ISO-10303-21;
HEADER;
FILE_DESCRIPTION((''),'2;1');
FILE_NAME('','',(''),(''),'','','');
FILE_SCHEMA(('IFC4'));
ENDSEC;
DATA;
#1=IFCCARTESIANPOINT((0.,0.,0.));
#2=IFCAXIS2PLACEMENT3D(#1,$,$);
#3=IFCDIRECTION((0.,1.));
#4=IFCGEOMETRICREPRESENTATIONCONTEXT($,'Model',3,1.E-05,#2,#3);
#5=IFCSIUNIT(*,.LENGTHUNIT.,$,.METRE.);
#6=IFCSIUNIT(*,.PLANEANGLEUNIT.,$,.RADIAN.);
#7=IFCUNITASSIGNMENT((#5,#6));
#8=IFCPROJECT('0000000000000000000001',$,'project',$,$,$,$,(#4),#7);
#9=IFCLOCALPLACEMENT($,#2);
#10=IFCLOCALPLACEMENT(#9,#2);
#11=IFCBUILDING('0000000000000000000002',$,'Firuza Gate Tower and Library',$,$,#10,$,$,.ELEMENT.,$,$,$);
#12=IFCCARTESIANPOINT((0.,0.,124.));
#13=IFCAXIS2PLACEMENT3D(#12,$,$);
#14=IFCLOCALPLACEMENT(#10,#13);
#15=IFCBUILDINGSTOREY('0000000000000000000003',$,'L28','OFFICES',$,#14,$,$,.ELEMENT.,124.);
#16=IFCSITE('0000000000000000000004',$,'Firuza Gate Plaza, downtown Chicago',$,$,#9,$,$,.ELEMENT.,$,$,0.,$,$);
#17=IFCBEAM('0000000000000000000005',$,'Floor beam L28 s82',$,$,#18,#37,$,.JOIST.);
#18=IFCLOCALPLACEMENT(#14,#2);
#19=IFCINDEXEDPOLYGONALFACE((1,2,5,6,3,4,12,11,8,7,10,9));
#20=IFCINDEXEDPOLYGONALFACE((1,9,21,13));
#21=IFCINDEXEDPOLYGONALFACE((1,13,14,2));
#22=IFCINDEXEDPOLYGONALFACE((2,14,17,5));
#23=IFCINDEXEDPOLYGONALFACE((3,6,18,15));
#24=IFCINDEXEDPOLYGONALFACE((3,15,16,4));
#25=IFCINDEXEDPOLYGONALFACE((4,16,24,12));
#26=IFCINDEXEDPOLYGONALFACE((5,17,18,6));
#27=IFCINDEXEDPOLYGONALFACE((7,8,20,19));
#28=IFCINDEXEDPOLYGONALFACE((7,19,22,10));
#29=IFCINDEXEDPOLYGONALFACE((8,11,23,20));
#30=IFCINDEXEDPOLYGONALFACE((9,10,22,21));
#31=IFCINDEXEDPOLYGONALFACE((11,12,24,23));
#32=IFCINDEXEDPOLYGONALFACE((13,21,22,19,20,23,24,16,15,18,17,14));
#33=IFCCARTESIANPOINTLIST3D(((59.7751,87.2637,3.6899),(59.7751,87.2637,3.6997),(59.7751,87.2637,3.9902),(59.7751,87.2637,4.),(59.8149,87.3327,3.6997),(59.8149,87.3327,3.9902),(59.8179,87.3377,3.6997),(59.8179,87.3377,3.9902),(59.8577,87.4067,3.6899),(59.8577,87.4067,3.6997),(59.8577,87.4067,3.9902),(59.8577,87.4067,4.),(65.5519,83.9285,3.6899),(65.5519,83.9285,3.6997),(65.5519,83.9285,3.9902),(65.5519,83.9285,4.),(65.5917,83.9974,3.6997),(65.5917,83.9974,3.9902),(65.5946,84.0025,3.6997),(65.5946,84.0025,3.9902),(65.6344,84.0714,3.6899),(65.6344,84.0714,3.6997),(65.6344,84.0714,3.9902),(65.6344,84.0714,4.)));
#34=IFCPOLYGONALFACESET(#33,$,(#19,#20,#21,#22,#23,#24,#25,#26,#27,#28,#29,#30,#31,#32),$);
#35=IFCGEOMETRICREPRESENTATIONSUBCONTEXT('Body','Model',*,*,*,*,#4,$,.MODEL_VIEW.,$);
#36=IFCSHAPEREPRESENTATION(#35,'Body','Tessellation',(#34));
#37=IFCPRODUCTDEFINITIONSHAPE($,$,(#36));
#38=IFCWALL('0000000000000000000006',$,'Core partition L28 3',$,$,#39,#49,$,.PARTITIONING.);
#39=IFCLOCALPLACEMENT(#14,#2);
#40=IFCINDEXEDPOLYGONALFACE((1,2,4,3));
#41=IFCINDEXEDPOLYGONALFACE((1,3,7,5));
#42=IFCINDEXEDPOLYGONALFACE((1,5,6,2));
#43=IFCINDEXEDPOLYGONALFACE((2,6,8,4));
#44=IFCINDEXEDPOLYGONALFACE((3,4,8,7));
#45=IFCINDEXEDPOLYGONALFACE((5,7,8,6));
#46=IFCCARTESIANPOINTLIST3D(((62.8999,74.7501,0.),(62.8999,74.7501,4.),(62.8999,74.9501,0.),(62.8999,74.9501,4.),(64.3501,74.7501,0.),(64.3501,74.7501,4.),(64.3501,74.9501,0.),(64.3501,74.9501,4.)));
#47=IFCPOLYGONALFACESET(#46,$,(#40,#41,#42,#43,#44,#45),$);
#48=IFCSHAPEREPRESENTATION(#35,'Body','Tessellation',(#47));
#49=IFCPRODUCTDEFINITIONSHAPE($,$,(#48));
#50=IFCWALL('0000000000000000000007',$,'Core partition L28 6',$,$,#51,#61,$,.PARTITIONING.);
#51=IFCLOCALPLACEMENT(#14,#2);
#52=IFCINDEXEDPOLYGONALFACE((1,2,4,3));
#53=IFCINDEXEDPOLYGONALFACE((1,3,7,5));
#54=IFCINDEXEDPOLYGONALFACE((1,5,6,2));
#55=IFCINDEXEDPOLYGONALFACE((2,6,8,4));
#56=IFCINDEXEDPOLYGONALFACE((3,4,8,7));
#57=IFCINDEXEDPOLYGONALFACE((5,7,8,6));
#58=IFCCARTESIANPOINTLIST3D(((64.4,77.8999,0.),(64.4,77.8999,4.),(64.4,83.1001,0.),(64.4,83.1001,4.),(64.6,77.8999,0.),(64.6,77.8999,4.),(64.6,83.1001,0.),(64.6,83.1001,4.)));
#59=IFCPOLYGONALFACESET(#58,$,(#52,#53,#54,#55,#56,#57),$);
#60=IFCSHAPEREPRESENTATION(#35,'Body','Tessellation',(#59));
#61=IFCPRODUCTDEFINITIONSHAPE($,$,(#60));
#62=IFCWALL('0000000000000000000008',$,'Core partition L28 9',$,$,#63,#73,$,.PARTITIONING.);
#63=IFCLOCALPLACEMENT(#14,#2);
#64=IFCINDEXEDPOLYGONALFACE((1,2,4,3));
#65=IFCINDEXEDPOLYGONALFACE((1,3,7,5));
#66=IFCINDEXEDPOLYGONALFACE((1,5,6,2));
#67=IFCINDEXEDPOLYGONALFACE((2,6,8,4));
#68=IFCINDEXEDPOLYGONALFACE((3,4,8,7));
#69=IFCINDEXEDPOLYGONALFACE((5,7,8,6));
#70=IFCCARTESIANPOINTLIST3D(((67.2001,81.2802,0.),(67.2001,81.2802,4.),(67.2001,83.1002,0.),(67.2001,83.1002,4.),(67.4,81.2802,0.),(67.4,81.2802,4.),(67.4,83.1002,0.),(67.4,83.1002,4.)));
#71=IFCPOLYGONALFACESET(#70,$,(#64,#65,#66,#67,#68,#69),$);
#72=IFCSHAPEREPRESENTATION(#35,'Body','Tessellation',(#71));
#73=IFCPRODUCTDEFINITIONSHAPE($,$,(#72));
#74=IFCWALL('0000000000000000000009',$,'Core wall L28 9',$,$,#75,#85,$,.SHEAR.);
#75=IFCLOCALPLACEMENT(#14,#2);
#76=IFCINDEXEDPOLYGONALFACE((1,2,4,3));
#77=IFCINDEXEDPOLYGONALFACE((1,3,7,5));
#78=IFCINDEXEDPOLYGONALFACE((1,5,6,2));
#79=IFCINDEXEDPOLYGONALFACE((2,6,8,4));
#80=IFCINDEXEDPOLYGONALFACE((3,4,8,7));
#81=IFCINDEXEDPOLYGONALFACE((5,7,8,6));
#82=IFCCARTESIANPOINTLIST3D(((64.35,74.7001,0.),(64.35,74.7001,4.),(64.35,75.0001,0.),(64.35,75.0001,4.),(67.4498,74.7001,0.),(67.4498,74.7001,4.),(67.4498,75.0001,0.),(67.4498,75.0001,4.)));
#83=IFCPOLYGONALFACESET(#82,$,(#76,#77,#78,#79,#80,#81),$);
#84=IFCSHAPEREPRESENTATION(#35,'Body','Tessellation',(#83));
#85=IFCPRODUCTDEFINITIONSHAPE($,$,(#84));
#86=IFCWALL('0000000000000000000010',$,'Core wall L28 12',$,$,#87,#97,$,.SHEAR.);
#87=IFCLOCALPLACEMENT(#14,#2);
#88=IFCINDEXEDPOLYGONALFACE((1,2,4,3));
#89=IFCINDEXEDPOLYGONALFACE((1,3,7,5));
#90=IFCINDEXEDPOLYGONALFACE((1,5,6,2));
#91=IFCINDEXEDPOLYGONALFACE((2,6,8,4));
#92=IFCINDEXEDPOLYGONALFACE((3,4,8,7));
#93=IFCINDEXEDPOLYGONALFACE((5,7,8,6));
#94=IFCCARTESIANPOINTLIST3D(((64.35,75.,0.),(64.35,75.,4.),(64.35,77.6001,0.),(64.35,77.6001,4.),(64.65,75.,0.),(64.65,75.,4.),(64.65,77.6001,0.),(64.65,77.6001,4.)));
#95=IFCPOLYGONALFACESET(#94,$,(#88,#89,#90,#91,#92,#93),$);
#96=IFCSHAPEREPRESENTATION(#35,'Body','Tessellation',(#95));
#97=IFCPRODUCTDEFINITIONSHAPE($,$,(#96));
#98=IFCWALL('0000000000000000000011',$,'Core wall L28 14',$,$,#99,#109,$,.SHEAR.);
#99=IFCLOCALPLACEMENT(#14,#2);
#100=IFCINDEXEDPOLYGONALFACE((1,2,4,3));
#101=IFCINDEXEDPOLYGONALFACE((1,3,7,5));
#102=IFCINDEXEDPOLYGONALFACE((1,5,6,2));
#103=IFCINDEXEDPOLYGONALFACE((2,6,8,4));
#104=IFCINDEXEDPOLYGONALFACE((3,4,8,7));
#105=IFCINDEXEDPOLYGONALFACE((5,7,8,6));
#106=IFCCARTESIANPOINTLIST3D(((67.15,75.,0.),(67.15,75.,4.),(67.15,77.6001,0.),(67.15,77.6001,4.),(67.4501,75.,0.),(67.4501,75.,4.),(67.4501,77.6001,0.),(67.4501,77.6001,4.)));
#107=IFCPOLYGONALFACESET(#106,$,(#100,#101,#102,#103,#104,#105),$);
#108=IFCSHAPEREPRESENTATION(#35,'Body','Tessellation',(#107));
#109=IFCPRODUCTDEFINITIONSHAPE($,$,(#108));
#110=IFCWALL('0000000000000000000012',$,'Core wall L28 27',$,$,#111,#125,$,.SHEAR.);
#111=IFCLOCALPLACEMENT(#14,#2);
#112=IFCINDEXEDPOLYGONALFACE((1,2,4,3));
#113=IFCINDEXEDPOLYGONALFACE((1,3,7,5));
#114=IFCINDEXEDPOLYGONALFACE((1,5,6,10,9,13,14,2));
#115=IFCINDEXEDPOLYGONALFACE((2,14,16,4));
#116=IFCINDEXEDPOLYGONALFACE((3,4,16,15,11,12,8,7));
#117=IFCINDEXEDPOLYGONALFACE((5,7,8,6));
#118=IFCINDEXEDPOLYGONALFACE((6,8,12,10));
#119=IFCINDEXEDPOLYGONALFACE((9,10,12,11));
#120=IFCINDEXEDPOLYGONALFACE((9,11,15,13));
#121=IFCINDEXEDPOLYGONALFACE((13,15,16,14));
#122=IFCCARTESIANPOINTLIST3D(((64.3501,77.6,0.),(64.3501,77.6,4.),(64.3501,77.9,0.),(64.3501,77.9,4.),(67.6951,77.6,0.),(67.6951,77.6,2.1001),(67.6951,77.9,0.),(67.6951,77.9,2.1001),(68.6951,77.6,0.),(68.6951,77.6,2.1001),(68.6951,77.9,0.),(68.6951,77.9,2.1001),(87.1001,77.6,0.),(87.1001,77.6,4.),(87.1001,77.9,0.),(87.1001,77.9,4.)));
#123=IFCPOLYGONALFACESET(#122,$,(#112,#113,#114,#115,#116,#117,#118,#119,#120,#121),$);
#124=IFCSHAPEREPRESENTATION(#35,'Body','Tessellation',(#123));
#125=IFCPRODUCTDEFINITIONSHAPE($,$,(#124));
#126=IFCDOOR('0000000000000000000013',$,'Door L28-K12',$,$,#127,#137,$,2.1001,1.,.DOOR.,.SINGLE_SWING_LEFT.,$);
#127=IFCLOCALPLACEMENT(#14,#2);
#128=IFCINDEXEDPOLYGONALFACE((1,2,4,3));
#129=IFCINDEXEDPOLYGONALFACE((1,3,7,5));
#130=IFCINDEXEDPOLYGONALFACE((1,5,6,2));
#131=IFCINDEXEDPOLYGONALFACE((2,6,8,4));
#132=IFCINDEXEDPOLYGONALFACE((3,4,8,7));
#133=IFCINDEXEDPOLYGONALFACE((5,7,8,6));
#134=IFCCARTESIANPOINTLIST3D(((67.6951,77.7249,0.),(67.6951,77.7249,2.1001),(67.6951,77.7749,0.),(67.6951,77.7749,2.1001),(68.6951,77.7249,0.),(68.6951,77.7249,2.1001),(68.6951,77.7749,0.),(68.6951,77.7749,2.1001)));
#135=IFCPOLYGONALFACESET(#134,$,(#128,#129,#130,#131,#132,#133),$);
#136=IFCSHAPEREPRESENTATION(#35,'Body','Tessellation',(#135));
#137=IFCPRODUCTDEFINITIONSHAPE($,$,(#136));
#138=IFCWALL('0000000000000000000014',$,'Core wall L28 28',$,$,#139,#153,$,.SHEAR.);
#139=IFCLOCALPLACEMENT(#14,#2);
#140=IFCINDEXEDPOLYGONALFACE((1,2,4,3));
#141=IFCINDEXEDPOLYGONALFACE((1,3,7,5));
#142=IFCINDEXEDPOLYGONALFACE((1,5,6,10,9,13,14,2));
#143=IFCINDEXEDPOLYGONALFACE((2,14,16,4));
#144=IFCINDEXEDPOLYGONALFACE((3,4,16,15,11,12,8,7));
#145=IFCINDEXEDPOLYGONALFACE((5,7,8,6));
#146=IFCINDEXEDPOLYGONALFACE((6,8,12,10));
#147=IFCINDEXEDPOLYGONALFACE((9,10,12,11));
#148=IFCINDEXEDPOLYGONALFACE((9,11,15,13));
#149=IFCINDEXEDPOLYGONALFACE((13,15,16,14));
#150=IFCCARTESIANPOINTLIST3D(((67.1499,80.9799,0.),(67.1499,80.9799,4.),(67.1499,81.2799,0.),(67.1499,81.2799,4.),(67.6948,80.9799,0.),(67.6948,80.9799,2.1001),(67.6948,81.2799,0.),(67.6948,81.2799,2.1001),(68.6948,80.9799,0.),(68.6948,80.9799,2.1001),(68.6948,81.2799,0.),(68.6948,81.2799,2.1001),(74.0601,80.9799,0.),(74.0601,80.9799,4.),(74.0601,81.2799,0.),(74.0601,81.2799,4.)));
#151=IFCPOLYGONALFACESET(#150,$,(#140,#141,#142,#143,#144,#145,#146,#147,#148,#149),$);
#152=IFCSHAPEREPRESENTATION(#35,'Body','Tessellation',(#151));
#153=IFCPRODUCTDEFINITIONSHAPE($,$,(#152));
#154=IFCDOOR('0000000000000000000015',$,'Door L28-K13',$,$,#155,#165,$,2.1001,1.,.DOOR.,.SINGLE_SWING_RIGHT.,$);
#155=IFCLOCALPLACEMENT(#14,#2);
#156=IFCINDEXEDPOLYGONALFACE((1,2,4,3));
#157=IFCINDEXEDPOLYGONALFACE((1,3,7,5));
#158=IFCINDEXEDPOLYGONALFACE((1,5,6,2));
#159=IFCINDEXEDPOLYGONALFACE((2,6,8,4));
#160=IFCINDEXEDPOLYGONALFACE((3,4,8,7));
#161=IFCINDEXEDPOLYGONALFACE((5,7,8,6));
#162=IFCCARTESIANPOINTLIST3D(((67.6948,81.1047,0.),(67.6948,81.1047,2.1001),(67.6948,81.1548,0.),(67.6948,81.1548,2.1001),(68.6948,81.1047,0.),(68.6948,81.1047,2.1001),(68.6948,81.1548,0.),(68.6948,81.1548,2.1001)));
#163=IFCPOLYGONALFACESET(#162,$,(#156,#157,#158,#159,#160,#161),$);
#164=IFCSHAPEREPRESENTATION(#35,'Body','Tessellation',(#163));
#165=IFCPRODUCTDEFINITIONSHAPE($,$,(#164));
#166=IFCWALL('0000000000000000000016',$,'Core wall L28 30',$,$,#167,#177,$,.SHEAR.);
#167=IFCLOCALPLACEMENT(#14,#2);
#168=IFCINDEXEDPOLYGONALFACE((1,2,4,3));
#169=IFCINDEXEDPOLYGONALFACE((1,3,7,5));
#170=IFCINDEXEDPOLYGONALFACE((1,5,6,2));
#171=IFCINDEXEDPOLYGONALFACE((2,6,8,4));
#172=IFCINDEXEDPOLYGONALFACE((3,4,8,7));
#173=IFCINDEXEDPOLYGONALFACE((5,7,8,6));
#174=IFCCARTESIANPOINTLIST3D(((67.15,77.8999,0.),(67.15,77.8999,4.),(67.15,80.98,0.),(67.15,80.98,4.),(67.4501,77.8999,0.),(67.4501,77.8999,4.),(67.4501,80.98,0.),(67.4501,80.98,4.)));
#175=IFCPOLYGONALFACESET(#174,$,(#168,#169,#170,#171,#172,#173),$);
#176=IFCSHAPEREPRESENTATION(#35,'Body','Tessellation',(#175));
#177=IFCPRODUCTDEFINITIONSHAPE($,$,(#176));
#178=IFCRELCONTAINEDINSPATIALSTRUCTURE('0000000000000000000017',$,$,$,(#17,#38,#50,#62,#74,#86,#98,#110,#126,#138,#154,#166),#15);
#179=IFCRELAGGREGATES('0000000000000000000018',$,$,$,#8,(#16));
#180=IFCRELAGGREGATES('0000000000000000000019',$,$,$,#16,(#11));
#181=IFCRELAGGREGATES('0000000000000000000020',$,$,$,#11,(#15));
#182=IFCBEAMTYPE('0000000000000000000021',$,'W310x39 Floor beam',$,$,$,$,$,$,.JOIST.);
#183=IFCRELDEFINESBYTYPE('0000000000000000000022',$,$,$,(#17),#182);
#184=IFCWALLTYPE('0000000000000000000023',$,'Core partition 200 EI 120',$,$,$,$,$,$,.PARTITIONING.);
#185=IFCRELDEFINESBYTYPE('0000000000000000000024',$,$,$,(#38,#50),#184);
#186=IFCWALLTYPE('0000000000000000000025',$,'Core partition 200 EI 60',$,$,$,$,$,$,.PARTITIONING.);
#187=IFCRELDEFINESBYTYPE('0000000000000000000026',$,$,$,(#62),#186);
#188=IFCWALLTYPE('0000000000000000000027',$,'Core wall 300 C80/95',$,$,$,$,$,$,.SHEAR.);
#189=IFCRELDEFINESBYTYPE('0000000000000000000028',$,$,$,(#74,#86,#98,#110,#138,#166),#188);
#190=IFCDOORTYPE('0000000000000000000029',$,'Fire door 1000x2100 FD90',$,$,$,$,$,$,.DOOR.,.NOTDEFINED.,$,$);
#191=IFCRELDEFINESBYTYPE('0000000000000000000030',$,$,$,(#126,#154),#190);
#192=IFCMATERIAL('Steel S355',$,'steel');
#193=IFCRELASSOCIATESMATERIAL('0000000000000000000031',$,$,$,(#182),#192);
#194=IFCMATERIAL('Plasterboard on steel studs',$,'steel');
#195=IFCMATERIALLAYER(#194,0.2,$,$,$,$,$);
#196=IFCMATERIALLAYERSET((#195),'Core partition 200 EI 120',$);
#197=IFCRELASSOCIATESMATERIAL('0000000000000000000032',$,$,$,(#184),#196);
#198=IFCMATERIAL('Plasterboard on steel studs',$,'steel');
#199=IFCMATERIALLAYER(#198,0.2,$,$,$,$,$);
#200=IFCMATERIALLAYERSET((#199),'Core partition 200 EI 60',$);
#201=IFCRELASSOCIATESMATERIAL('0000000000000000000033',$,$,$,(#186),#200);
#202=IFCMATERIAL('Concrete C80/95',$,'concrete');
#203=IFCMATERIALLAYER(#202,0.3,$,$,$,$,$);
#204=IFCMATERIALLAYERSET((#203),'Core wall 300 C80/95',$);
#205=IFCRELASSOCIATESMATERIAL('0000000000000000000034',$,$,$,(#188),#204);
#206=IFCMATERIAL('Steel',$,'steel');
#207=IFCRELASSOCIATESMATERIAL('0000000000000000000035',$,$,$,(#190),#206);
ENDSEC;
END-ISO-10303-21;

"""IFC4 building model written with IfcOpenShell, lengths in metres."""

from ifc_helpers import new_model, si_unit, direction, frame, frame_2d, origin, origin_2d, place, context, subcontext, project, spatial, rectangle, i_section, extrude, material, layer, layer_set, material_profile, profile_set, type_object, element, fill, save


model = new_model("IFC4")

# Units and contexts
model_context = context("Model", 3, precision=1e-05, world=origin(), true_north=direction((0.0, 1.0)))
body_context = subcontext(model_context, "Body", "Model", "MODEL_VIEW")
ifc_project = project(units=[si_unit("LENGTHUNIT", "METRE"), si_unit("PLANEANGLEUNIT", "RADIAN")], contexts=[model_context])

# Site, building, storey
site_placement = place(None, origin())
site = spatial("IfcSite", under=ifc_project, at=site_placement, Name="Firuza Gate Plaza, downtown Chicago", CompositionType="ELEMENT", RefElevation=0.0)
building_placement = place(site_placement, origin())
building = spatial("IfcBuilding", under=site, at=building_placement, Name="Firuza Gate Tower and Library", CompositionType="ELEMENT")
storey_placement = place(building_placement, frame((0.0, 0.0, 124.0)))
storey = spatial("IfcBuildingStorey", under=building, at=storey_placement, Name="L28", Description="OFFICES", CompositionType="ELEMENT", Elevation=124.0)

# Beam
ifc_material_1 = material(Name="Steel S355", Category="steel")
ifc_material_profile = material_profile(ifc_material_1, i_section(OverallWidth=0.165, OverallDepth=0.3101, WebThickness=0.0059, FlangeThickness=0.0098, at=origin_2d()))
ifc_profile_set = profile_set([ifc_material_profile], Name="Steel S355")
beam_type = type_object("IfcBeamType", Name="W310x39 Floor beam", PredefinedType="JOIST", material=ifc_profile_set)
beam_placement = place(storey_placement, frame((59.8164, 87.3352, 3.845), z_axis=(0.86602, -0.500009, 0.0), x_axis=(0.500009, 0.86602, 0.0)))
element("IfcBeam", 1, at=beam_placement, inside=storey, type_object=beam_type, Name="Floor beam L28 s82", PredefinedType="JOIST", context=body_context, shape_type="SweptSolid", body=[
    extrude(i_section(OverallWidth=0.165, OverallDepth=0.3101, WebThickness=0.0059, FlangeThickness=0.0098, at=origin_2d()), origin(), (0.0, 0.0, 1.0), 6.6704),
])

# Walls
ifc_material_2 = material(Name="Plasterboard on steel studs", Category="steel")
ifc_layer_1 = layer(ifc_material_2, 0.2)
ifc_layer_set_1 = layer_set([ifc_layer_1], Name="Core partition 200 EI 120")
wall_type_1 = type_object("IfcWallType", Name="Core partition 200 EI 120", PredefinedType="PARTITIONING", material=ifc_layer_set_1)
wall_1_placement = place(storey_placement, frame((62.8999, 74.8501, 0.0), z_axis=(0.0, 0.0, 1.0), x_axis=(1.0, 0.0, 0.0)))
element("IfcWall", 2, at=wall_1_placement, inside=storey, type_object=wall_type_1, Name="Core partition L28 3", PredefinedType="PARTITIONING", context=body_context, shape_type="SweptSolid", body=[
    extrude(rectangle(XDim=1.4502, YDim=0.2, at=frame_2d((0.7251, 0.0))), origin(), (0.0, 0.0, 1.0), 4.0),
])
wall_2_placement = place(storey_placement, frame((64.5, 77.8999, 0.0), z_axis=(0.0, 0.0, 1.0), x_axis=(0.0, 1.0, 0.0)))
element("IfcWall", 3, at=wall_2_placement, inside=storey, type_object=wall_type_1, Name="Core partition L28 6", PredefinedType="PARTITIONING", context=body_context, shape_type="SweptSolid", body=[
    extrude(rectangle(XDim=5.2002, YDim=0.2, at=frame_2d((2.6001, 0.0))), origin(), (0.0, 0.0, 1.0), 4.0),
])
ifc_material_3 = material(Name="Plasterboard on steel studs", Category="steel")
ifc_layer_2 = layer(ifc_material_3, 0.2)
ifc_layer_set_2 = layer_set([ifc_layer_2], Name="Core partition 200 EI 60")
wall_type_2 = type_object("IfcWallType", Name="Core partition 200 EI 60", PredefinedType="PARTITIONING", material=ifc_layer_set_2)
wall_3_placement = place(storey_placement, frame((67.3, 81.28, 0.0), z_axis=(0.0, 0.0, 1.0), x_axis=(0.0, 1.0, 0.0)))
element("IfcWall", 4, at=wall_3_placement, inside=storey, type_object=wall_type_2, Name="Core partition L28 9", PredefinedType="PARTITIONING", context=body_context, shape_type="SweptSolid", body=[
    extrude(rectangle(XDim=1.8201, YDim=0.2, at=frame_2d((0.9102, 0.0))), origin(), (0.0, 0.0, 1.0), 4.0),
])
ifc_material_4 = material(Name="Concrete C80/95", Category="concrete")
ifc_layer_3 = layer(ifc_material_4, 0.3)
ifc_layer_set_3 = layer_set([ifc_layer_3], Name="Core wall 300 C80/95")
wall_type_3 = type_object("IfcWallType", Name="Core wall 300 C80/95", PredefinedType="SHEAR", material=ifc_layer_set_3)
wall_4_placement = place(storey_placement, frame((64.3501, 74.8501, 0.0), z_axis=(0.0, 0.0, 1.0), x_axis=(1.0, 0.0, 0.0)))
element("IfcWall", 5, at=wall_4_placement, inside=storey, type_object=wall_type_3, Name="Core wall L28 9", PredefinedType="SHEAR", context=body_context, shape_type="SweptSolid", body=[
    extrude(rectangle(XDim=3.0999, YDim=0.3, at=frame_2d((1.5498, 0.0))), origin(), (0.0, 0.0, 1.0), 4.0),
])
for number, where, z_axis, x_axis, name in (
    (6, (64.5, 75.0, 0.0), (0.0, 0.0, 1.0), (0.0, 1.0, 0.0), "Core wall L28 12"),
    (7, (67.3, 75.0, 0.0), (0.0, 0.0, 1.0), (0.0, 1.0, 0.0), "Core wall L28 14"),
):
    element("IfcWall", number, at=place(storey_placement, frame(where, z_axis=z_axis, x_axis=x_axis)), inside=storey, type_object=wall_type_3, Name=name, PredefinedType="SHEAR", context=body_context, shape_type="SweptSolid", body=[
        extrude(rectangle(XDim=2.6001, YDim=0.3, at=frame_2d((1.3, 0.0))), origin(), (0.0, 0.0, 1.0), 4.0),
    ])

# Walls, openings, doors
wall_5_placement = place(storey_placement, frame((64.3501, 77.75, 0.0), z_axis=(0.0, 0.0, 1.0), x_axis=(1.0, 0.0, 0.0)))
wall_5 = element("IfcWall", 8, at=wall_5_placement, inside=storey, type_object=wall_type_3, Name="Core wall L28 27", PredefinedType="SHEAR", context=body_context, shape_type="SweptSolid", body=[
    extrude(rectangle(XDim=22.75, YDim=0.3, at=frame_2d((11.375, 0.0))), origin(), (0.0, 0.0, 1.0), 4.0),
])
opening_1_placement = place(wall_5_placement, frame((3.345, 0.0, 0.0)))
opening_1 = element("IfcOpeningElement", 9, at=opening_1_placement, cuts=wall_5, PredefinedType="OPENING", context=body_context, shape_type="SweptSolid", body=[
    extrude(rectangle(XDim=1.0, YDim=2.1001, at=frame_2d((0.5, 1.05))), frame((0.0, 0.1602, 0.0), z_axis=(0.0, -1.0, 0.0), x_axis=(1.0, 0.0, 0.0)), (0.0, 0.0, 1.0), 0.3201),
])
ifc_material_5 = material(Name="Steel", Category="steel")
door_type_1 = type_object("IfcDoorType", Name="Fire door 1000x2100 FD90", OperationType="NOTDEFINED", PredefinedType="DOOR", material=ifc_material_5)
door_1_placement = place(opening_1_placement, origin())
door_1 = element("IfcDoor", 10, at=door_1_placement, inside=storey, type_object=door_type_1, Name="Door L28-K12", OperationType="SINGLE_SWING_LEFT", OverallHeight=2.1001, OverallWidth=1.0, PredefinedType="DOOR", context=body_context, shape_type="SweptSolid", body=[
    extrude(rectangle(XDim=1.0, YDim=2.1001, at=frame_2d((0.5, 1.05))), frame((0.0, 0.0249, 0.0), z_axis=(0.0, -1.0, 0.0), x_axis=(1.0, 0.0, 0.0)), (0.0, 0.0, 1.0), 0.05),
])
fill(opening_1, door_1)
wall_6_placement = place(storey_placement, frame((67.1499, 81.1299, 0.0), z_axis=(0.0, 0.0, 1.0), x_axis=(1.0, 0.0, 0.0)))
wall_6 = element("IfcWall", 11, at=wall_6_placement, inside=storey, type_object=wall_type_3, Name="Core wall L28 28", PredefinedType="SHEAR", context=body_context, shape_type="SweptSolid", body=[
    extrude(rectangle(XDim=6.9102, YDim=0.3, at=frame_2d((3.4551, 0.0))), origin(), (0.0, 0.0, 1.0), 4.0),
])
opening_2_placement = place(wall_6_placement, frame((0.5449, 0.0, 0.0)))
opening_2 = element("IfcOpeningElement", 12, at=opening_2_placement, cuts=wall_6, PredefinedType="OPENING", context=body_context, shape_type="SweptSolid", body=[
    extrude(rectangle(XDim=1.0, YDim=2.1001, at=frame_2d((0.5, 1.05))), frame((0.0, 0.1602, 0.0), z_axis=(0.0, -1.0, 0.0), x_axis=(1.0, 0.0, 0.0)), (0.0, 0.0, 1.0), 0.3201),
])
door_2_placement = place(opening_2_placement, origin())
door_2 = element("IfcDoor", 13, at=door_2_placement, inside=storey, type_object=door_type_1, Name="Door L28-K13", OperationType="SINGLE_SWING_RIGHT", OverallHeight=2.1001, OverallWidth=1.0, PredefinedType="DOOR", context=body_context, shape_type="SweptSolid", body=[
    extrude(rectangle(XDim=1.0, YDim=2.1001, at=frame_2d((0.5, 1.05))), frame((0.0, 0.0249, 0.0), z_axis=(0.0, -1.0, 0.0), x_axis=(1.0, 0.0, 0.0)), (0.0, 0.0, 1.0), 0.05),
])
fill(opening_2, door_2)

# Wall
wall_7_placement = place(storey_placement, frame((67.3, 77.8999, 0.0), z_axis=(0.0, 0.0, 1.0), x_axis=(0.0, 1.0, 0.0)))
element("IfcWall", 14, at=wall_7_placement, inside=storey, type_object=wall_type_3, Name="Core wall L28 30", PredefinedType="SHEAR", context=body_context, shape_type="SweptSolid", body=[
    extrude(rectangle(XDim=3.0801, YDim=0.3, at=frame_2d((1.54, 0.0))), origin(), (0.0, 0.0, 1.0), 4.0),
])

save(model, "model.ifc")
